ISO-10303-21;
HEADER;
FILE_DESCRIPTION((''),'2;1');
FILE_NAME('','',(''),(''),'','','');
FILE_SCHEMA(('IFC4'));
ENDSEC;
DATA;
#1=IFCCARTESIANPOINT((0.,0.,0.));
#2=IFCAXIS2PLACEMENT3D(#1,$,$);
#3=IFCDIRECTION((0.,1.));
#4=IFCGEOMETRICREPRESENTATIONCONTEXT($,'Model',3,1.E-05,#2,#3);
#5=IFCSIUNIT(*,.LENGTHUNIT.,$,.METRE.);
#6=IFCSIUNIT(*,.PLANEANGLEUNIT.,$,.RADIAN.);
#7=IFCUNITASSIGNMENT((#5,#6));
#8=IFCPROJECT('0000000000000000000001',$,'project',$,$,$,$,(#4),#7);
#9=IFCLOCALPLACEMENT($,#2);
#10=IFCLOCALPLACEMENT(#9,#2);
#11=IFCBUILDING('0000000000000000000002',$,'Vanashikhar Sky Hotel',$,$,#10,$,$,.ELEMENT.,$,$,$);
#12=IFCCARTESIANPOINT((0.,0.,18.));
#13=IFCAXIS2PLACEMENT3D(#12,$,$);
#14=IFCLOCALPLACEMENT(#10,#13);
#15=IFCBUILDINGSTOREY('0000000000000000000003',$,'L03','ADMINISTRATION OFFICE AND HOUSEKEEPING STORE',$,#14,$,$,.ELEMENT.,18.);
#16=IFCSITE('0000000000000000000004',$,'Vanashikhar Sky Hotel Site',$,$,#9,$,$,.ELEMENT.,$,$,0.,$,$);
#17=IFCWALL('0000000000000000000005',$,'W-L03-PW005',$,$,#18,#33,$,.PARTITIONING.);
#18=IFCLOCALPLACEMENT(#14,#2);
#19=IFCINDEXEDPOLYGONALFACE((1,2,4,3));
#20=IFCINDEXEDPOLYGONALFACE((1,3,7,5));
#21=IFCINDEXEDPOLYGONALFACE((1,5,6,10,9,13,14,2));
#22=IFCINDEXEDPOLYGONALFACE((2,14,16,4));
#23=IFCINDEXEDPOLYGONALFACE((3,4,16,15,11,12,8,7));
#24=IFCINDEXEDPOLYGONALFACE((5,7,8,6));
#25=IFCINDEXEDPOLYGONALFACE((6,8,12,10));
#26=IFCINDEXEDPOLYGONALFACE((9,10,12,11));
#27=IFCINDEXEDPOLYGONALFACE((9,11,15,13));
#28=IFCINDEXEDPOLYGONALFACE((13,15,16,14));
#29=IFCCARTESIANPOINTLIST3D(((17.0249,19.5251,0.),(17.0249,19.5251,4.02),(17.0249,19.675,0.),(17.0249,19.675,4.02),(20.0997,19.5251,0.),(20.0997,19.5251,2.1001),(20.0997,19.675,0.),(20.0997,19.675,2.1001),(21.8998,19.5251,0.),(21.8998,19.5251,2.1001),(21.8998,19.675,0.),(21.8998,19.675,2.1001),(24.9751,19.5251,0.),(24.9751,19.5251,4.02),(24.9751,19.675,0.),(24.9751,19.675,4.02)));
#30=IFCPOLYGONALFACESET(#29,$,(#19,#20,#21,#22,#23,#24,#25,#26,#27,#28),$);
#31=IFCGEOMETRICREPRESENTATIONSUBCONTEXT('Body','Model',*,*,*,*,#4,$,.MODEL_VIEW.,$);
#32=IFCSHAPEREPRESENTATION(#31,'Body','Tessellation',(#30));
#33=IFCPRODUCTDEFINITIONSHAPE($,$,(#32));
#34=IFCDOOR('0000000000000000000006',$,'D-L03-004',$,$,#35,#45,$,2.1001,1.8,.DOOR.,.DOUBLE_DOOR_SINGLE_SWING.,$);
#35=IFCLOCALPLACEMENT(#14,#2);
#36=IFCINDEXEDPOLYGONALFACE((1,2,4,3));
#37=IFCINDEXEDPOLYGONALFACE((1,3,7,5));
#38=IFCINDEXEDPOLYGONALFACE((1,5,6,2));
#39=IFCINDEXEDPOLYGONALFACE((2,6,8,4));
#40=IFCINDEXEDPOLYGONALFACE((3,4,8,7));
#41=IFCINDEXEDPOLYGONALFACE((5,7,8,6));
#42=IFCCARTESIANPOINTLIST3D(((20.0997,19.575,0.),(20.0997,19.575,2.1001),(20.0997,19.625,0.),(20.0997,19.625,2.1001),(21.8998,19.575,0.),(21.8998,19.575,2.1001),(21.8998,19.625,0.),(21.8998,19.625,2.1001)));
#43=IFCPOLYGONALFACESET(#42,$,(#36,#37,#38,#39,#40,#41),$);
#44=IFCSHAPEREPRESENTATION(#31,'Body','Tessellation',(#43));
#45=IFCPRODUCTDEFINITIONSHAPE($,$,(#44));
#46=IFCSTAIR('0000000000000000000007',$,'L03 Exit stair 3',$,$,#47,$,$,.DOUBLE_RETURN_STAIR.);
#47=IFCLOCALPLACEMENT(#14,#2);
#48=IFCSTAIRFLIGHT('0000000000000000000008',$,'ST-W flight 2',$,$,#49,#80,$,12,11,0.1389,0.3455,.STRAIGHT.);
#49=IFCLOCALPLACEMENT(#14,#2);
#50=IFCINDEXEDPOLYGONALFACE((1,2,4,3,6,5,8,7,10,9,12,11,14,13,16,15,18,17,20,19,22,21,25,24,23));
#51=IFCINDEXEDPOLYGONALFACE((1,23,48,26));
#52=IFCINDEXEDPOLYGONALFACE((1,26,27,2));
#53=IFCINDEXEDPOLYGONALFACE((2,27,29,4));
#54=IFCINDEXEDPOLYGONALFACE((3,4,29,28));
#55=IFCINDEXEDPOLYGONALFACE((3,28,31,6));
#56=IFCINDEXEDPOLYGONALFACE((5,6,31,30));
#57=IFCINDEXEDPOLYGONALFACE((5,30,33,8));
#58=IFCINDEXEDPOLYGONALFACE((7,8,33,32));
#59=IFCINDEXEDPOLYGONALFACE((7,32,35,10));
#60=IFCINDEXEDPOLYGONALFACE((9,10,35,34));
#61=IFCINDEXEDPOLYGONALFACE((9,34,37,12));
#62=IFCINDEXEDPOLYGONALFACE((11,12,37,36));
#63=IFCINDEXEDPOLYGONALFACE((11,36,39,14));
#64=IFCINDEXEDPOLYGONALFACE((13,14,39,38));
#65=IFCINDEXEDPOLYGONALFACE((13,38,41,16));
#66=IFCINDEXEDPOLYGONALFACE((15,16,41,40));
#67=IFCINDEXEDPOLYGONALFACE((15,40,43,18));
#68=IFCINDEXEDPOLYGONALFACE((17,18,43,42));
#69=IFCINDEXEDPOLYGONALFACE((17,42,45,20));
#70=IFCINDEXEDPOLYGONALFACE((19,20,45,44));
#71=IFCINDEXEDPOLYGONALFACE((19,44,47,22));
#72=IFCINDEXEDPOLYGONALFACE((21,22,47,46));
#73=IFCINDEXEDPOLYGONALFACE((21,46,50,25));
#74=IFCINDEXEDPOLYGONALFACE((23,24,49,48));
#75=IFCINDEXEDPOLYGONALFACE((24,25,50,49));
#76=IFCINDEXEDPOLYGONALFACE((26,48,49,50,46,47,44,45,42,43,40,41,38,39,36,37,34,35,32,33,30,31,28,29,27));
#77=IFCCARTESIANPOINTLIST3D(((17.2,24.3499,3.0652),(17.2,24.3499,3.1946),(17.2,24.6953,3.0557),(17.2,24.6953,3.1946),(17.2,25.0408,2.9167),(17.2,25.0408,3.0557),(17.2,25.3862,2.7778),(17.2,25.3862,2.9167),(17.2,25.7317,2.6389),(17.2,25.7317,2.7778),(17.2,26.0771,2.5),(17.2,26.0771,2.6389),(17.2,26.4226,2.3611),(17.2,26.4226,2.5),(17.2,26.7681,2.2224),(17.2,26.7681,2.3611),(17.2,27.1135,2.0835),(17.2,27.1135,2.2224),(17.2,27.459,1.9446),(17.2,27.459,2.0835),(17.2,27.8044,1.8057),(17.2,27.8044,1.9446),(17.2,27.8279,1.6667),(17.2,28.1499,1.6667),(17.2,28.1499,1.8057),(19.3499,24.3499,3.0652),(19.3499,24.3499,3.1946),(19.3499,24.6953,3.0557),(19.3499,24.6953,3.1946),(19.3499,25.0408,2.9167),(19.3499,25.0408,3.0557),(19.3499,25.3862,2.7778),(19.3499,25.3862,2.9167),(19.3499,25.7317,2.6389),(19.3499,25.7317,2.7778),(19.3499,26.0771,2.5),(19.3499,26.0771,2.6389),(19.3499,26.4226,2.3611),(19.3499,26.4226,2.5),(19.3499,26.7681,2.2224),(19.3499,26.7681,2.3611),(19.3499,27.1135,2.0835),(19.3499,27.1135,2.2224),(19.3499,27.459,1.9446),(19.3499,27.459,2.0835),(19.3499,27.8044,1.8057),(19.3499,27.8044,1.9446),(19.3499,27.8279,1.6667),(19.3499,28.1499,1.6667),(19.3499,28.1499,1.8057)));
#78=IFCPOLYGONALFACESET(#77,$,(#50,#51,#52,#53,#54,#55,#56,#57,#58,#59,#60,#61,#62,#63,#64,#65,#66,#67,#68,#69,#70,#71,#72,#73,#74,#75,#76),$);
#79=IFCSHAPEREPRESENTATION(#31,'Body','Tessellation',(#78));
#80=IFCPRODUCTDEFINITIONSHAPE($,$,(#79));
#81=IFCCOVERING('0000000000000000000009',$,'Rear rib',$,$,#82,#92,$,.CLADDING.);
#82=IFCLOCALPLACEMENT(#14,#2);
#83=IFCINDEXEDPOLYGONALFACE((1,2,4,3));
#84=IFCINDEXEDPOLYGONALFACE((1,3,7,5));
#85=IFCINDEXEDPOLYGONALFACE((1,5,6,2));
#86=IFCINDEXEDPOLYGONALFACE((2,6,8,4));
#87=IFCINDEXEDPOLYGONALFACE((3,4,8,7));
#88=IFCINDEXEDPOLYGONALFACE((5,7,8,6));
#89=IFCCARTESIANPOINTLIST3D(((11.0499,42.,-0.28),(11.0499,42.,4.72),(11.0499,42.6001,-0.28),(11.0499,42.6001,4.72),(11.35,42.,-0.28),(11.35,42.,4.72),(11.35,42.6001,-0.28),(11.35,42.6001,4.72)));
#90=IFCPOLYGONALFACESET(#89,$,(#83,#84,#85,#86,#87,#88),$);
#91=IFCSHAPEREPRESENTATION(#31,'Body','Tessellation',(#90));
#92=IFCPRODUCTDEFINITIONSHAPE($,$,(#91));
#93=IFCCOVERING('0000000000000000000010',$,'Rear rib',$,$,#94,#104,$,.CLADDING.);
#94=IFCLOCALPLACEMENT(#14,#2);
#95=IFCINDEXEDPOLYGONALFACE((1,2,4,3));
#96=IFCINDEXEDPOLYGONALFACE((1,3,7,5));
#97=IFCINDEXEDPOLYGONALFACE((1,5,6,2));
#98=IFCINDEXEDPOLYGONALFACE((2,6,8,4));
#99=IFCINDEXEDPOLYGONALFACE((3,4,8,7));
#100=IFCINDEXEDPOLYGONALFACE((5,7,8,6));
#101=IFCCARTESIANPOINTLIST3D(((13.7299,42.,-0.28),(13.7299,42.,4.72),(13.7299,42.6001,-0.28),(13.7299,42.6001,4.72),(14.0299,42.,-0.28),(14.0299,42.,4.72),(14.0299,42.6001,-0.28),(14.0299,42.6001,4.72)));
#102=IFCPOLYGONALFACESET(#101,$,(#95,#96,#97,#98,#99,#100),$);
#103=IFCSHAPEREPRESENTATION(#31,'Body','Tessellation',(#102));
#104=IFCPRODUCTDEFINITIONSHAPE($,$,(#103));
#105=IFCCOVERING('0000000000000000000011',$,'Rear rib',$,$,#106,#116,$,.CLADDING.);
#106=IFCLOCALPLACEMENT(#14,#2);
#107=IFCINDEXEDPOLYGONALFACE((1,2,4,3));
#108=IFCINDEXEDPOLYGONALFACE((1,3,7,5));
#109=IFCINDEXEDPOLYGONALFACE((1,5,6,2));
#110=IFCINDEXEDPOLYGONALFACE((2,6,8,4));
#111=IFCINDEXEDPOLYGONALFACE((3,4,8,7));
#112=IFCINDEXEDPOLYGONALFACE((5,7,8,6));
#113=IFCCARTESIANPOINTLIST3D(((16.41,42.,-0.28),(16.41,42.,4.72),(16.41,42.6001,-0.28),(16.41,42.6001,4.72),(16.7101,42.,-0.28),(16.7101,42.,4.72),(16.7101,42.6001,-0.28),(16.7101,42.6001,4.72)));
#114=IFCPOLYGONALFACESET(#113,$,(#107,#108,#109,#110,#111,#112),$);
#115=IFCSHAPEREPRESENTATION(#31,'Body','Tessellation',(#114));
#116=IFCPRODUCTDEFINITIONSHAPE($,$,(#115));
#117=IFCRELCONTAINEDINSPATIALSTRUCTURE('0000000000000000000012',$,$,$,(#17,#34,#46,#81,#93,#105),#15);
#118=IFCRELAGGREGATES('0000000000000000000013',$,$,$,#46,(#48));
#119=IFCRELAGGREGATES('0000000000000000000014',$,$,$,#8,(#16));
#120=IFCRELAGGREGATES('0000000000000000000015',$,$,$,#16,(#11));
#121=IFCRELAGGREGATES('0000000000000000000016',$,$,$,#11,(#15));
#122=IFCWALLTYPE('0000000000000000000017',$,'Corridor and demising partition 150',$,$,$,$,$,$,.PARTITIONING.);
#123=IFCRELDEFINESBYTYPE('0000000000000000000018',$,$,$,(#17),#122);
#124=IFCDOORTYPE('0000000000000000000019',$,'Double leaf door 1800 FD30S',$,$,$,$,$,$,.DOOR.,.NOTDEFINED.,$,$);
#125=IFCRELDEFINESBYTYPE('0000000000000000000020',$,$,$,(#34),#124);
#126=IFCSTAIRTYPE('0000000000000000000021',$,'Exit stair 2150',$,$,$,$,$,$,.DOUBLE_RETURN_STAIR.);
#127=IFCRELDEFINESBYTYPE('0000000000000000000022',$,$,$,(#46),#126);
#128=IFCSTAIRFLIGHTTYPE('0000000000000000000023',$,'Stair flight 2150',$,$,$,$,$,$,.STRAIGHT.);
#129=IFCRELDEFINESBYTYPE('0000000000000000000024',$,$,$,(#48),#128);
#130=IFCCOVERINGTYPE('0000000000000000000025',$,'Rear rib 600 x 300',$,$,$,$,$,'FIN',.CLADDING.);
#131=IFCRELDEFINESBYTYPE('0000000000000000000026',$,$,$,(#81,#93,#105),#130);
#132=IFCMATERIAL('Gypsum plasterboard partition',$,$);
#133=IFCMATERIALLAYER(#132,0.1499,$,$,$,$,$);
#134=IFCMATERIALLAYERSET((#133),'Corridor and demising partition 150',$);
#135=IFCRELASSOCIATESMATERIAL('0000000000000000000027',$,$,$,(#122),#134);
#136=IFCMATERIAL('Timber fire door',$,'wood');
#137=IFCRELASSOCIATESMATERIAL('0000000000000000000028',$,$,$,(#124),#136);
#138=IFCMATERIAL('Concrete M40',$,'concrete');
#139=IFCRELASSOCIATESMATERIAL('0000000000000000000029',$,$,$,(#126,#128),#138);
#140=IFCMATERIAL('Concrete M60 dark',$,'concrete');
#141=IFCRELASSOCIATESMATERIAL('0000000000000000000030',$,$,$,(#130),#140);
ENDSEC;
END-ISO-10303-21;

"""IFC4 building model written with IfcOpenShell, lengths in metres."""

from ifc_helpers import new_model, si_unit, direction, frame, frame_2d, origin, origin_2d, place, context, subcontext, project, spatial, polyline, rectangle, outline, extrude, source, transform, mapped, material, layer, layer_set, material_profile, profile_set, type_object, element, fill, aggregate, save


model = new_model("IFC4")

# Units and contexts
model_context = context("Model", 3, precision=1e-05, world=origin(), true_north=direction((0.0, 1.0)))
body_context = subcontext(model_context, "Body", "Model", "MODEL_VIEW")
ifc_project = project(units=[si_unit("LENGTHUNIT", "METRE"), si_unit("PLANEANGLEUNIT", "RADIAN")], contexts=[model_context])

# Site, building, storey
site_placement = place(None, origin())
site = spatial("IfcSite", under=ifc_project, at=site_placement, Name="Vanashikhar Sky Hotel Site", CompositionType="ELEMENT", RefElevation=0.0)
building_placement = place(site_placement, origin())
building = spatial("IfcBuilding", under=site, at=building_placement, Name="Vanashikhar Sky Hotel", CompositionType="ELEMENT")
storey_placement = place(building_placement, frame((0.0, 0.0, 18.0)))
storey = spatial("IfcBuildingStorey", under=building, at=storey_placement, Name="L03", Description="ADMINISTRATION OFFICE AND HOUSEKEEPING STORE", CompositionType="ELEMENT", Elevation=18.0)

# Wall, opening, door
ifc_material_1 = material(Name="Gypsum plasterboard partition")
ifc_layer_1 = layer(ifc_material_1, 0.1499)
ifc_layer_set_1 = layer_set([ifc_layer_1], Name="Corridor and demising partition 150")
wall_type_1 = type_object("IfcWallType", Name="Corridor and demising partition 150", PredefinedType="PARTITIONING", material=ifc_layer_set_1)
shared_shape_1 = source(origin(), body_context, "Body", "SweptSolid", [
    extrude(rectangle(XDim=1.8, YDim=2.1001, at=frame_2d((0.8999, 1.05))), frame((0.0, 0.085, 0.0), z_axis=(0.0, -1.0, 0.0), x_axis=(1.0, 0.0, 0.0)), (0.0, 0.0, 1.0), 0.1699),
])
ifc_material_2 = material(Name="Timber fire door", Category="wood")
door_type_1 = type_object("IfcDoorType", Name="Double leaf door 1800 FD30S", OperationType="NOTDEFINED", PredefinedType="DOOR", material=ifc_material_2)
shared_shape_2 = source(origin(), body_context, "Body", "SweptSolid", [
    extrude(rectangle(XDim=1.8, YDim=2.1001, at=frame_2d((0.8999, 1.05))), frame((0.0, 0.0249, 0.0), z_axis=(0.0, -1.0, 0.0), x_axis=(1.0, 0.0, 0.0)), (0.0, 0.0, 1.0), 0.05),
])
shared_shape_3 = source(origin(), body_context, "Body", "SweptSolid", [
    extrude(rectangle(XDim=7.9502, YDim=0.1499, at=frame_2d((3.9751, 0.0))), origin(), (0.0, 0.0, 1.0), 4.02),
])
wall_1_placement = place(storey_placement, frame((17.0249, 19.6001, 0.0), z_axis=(0.0, 0.0, 1.0), x_axis=(1.0, 0.0, 0.0)))
wall_1 = element("IfcWall", 1, at=wall_1_placement, inside=storey, type_object=wall_type_1, Name="W-L03-PW005", PredefinedType="PARTITIONING", context=body_context, shape_type="MappedRepresentation", body=[
    mapped(shared_shape_3, transform((0.0, 0.0, 0.0), scale=1.0)),
])
opening_1_placement = place(wall_1_placement, frame((3.075, 0.0, 0.0)))
opening_1 = element("IfcOpeningElement", 2, at=opening_1_placement, cuts=wall_1, PredefinedType="OPENING", context=body_context, shape_type="MappedRepresentation", body=[
    mapped(shared_shape_1, transform((0.0, 0.0, 0.0), scale=1.0)),
])
door_1_placement = place(opening_1_placement, origin())
door_1 = element("IfcDoor", 3, at=door_1_placement, inside=storey, type_object=door_type_1, Name="D-L03-004", OperationType="DOUBLE_DOOR_SINGLE_SWING", OverallHeight=2.1001, OverallWidth=1.8, PredefinedType="DOOR", context=body_context, shape_type="MappedRepresentation", body=[
    mapped(shared_shape_2, transform((0.0, 0.0, 0.0), scale=1.0)),
])
fill(opening_1, door_1)

# Stair, stair flight
ifc_material_3 = material(Name="Concrete M40", Category="concrete")
stair_type = type_object("IfcStairType", Name="Exit stair 2150", PredefinedType="DOUBLE_RETURN_STAIR", material=ifc_material_3)
stair_placement = place(storey_placement, origin())
stair = element("IfcStair", 4, at=stair_placement, inside=storey, type_object=stair_type, Name="L03 Exit stair 3", PredefinedType="DOUBLE_RETURN_STAIR")
stair_flight_type = type_object("IfcStairFlightType", Name="Stair flight 2150", PredefinedType="STRAIGHT", material=ifc_material_3)
shared_shape_4 = source(origin(), body_context, "Body", "SweptSolid", [
    extrude(outline(polyline([(0.0, 0.0), (0.0, 0.1389), (0.3455, 0.1389), (0.3455, 0.2778), (0.6909, 0.2778), (0.6909, 0.4167), (1.0364, 0.4167), (1.0364, 0.5557), (1.3818, 0.5557), (1.3818, 0.6943), (1.7273, 0.6943), (1.7273, 0.8333), (2.0728, 0.8333), (2.0728, 0.9722), (2.4182, 0.9722), (2.4182, 1.1111), (2.7637, 1.1111), (2.7637, 1.25), (3.1091, 1.25), (3.1091, 1.3889), (3.4546, 1.3889), (3.4546, 1.5278), (3.8, 1.5278), (3.8, 1.6667), (3.8, 1.3984), (0.322, 0.0), (0.0, 0.0)])), frame((0.0, 1.075, 0.0), z_axis=(0.0, -1.0, 0.0), x_axis=(1.0, 0.0, 0.0)), (0.0, 0.0, 1.0), 2.1499),
])
stair_flight_placement = place(storey_placement, frame((18.2749, 28.1499, 1.6667), z_axis=(0.0, 0.0, 1.0), x_axis=(0.0, -1.0, 0.0)))
stair_flight = element("IfcStairFlight", 5, at=stair_flight_placement, type_object=stair_flight_type, Name="ST-W flight 2", NumberOfRisers=12, NumberOfTreads=11, PredefinedType="STRAIGHT", RiserHeight=0.1389, TreadLength=0.3455, context=body_context, shape_type="MappedRepresentation", body=[
    mapped(shared_shape_4, transform((0.0, 0.0, 0.0), scale=1.0)),
])
aggregate(stair, [stair_flight])

# Coverings
ifc_material_4 = material(Name="Concrete M60 dark", Category="concrete")
ifc_material_profile_1 = material_profile(ifc_material_4, rectangle(XDim=0.6001, YDim=0.3, at=origin_2d()))
ifc_profile_set_1 = profile_set([ifc_material_profile_1], Name="Rear rib 600 x 300")
covering_type = type_object("IfcCoveringType", Name="Rear rib 600 x 300", ElementType="FIN", PredefinedType="CLADDING", material=ifc_profile_set_1)
shared_shape_5 = source(origin(), body_context, "Body", "SweptSolid", [
    extrude(rectangle(XDim=0.6001, YDim=0.3, at=origin_2d()), origin(), (0.0, 0.0, 1.0), 5.0),
])
for number, where, z_axis, x_axis, name in (
    (6, (11.2, 42.3, -0.28), (0.0, 0.0, 1.0), (0.0, 1.0, 0.0), "Rear rib"),
    (7, (13.8799, 42.3, -0.28), (0.0, 0.0, 1.0), (0.0, 1.0, 0.0), "Rear rib"),
    (8, (16.5601, 42.3, -0.28), (0.0, 0.0, 1.0), (0.0, 1.0, 0.0), "Rear rib"),
):
    element("IfcCovering", number, at=place(storey_placement, frame(where, z_axis=z_axis, x_axis=x_axis)), inside=storey, type_object=covering_type, Name=name, PredefinedType="CLADDING", context=body_context, shape_type="MappedRepresentation", body=[
        mapped(shared_shape_5, transform((0.0, 0.0, 0.0), scale=1.0)),
    ])

save(model, "model.ifc")
